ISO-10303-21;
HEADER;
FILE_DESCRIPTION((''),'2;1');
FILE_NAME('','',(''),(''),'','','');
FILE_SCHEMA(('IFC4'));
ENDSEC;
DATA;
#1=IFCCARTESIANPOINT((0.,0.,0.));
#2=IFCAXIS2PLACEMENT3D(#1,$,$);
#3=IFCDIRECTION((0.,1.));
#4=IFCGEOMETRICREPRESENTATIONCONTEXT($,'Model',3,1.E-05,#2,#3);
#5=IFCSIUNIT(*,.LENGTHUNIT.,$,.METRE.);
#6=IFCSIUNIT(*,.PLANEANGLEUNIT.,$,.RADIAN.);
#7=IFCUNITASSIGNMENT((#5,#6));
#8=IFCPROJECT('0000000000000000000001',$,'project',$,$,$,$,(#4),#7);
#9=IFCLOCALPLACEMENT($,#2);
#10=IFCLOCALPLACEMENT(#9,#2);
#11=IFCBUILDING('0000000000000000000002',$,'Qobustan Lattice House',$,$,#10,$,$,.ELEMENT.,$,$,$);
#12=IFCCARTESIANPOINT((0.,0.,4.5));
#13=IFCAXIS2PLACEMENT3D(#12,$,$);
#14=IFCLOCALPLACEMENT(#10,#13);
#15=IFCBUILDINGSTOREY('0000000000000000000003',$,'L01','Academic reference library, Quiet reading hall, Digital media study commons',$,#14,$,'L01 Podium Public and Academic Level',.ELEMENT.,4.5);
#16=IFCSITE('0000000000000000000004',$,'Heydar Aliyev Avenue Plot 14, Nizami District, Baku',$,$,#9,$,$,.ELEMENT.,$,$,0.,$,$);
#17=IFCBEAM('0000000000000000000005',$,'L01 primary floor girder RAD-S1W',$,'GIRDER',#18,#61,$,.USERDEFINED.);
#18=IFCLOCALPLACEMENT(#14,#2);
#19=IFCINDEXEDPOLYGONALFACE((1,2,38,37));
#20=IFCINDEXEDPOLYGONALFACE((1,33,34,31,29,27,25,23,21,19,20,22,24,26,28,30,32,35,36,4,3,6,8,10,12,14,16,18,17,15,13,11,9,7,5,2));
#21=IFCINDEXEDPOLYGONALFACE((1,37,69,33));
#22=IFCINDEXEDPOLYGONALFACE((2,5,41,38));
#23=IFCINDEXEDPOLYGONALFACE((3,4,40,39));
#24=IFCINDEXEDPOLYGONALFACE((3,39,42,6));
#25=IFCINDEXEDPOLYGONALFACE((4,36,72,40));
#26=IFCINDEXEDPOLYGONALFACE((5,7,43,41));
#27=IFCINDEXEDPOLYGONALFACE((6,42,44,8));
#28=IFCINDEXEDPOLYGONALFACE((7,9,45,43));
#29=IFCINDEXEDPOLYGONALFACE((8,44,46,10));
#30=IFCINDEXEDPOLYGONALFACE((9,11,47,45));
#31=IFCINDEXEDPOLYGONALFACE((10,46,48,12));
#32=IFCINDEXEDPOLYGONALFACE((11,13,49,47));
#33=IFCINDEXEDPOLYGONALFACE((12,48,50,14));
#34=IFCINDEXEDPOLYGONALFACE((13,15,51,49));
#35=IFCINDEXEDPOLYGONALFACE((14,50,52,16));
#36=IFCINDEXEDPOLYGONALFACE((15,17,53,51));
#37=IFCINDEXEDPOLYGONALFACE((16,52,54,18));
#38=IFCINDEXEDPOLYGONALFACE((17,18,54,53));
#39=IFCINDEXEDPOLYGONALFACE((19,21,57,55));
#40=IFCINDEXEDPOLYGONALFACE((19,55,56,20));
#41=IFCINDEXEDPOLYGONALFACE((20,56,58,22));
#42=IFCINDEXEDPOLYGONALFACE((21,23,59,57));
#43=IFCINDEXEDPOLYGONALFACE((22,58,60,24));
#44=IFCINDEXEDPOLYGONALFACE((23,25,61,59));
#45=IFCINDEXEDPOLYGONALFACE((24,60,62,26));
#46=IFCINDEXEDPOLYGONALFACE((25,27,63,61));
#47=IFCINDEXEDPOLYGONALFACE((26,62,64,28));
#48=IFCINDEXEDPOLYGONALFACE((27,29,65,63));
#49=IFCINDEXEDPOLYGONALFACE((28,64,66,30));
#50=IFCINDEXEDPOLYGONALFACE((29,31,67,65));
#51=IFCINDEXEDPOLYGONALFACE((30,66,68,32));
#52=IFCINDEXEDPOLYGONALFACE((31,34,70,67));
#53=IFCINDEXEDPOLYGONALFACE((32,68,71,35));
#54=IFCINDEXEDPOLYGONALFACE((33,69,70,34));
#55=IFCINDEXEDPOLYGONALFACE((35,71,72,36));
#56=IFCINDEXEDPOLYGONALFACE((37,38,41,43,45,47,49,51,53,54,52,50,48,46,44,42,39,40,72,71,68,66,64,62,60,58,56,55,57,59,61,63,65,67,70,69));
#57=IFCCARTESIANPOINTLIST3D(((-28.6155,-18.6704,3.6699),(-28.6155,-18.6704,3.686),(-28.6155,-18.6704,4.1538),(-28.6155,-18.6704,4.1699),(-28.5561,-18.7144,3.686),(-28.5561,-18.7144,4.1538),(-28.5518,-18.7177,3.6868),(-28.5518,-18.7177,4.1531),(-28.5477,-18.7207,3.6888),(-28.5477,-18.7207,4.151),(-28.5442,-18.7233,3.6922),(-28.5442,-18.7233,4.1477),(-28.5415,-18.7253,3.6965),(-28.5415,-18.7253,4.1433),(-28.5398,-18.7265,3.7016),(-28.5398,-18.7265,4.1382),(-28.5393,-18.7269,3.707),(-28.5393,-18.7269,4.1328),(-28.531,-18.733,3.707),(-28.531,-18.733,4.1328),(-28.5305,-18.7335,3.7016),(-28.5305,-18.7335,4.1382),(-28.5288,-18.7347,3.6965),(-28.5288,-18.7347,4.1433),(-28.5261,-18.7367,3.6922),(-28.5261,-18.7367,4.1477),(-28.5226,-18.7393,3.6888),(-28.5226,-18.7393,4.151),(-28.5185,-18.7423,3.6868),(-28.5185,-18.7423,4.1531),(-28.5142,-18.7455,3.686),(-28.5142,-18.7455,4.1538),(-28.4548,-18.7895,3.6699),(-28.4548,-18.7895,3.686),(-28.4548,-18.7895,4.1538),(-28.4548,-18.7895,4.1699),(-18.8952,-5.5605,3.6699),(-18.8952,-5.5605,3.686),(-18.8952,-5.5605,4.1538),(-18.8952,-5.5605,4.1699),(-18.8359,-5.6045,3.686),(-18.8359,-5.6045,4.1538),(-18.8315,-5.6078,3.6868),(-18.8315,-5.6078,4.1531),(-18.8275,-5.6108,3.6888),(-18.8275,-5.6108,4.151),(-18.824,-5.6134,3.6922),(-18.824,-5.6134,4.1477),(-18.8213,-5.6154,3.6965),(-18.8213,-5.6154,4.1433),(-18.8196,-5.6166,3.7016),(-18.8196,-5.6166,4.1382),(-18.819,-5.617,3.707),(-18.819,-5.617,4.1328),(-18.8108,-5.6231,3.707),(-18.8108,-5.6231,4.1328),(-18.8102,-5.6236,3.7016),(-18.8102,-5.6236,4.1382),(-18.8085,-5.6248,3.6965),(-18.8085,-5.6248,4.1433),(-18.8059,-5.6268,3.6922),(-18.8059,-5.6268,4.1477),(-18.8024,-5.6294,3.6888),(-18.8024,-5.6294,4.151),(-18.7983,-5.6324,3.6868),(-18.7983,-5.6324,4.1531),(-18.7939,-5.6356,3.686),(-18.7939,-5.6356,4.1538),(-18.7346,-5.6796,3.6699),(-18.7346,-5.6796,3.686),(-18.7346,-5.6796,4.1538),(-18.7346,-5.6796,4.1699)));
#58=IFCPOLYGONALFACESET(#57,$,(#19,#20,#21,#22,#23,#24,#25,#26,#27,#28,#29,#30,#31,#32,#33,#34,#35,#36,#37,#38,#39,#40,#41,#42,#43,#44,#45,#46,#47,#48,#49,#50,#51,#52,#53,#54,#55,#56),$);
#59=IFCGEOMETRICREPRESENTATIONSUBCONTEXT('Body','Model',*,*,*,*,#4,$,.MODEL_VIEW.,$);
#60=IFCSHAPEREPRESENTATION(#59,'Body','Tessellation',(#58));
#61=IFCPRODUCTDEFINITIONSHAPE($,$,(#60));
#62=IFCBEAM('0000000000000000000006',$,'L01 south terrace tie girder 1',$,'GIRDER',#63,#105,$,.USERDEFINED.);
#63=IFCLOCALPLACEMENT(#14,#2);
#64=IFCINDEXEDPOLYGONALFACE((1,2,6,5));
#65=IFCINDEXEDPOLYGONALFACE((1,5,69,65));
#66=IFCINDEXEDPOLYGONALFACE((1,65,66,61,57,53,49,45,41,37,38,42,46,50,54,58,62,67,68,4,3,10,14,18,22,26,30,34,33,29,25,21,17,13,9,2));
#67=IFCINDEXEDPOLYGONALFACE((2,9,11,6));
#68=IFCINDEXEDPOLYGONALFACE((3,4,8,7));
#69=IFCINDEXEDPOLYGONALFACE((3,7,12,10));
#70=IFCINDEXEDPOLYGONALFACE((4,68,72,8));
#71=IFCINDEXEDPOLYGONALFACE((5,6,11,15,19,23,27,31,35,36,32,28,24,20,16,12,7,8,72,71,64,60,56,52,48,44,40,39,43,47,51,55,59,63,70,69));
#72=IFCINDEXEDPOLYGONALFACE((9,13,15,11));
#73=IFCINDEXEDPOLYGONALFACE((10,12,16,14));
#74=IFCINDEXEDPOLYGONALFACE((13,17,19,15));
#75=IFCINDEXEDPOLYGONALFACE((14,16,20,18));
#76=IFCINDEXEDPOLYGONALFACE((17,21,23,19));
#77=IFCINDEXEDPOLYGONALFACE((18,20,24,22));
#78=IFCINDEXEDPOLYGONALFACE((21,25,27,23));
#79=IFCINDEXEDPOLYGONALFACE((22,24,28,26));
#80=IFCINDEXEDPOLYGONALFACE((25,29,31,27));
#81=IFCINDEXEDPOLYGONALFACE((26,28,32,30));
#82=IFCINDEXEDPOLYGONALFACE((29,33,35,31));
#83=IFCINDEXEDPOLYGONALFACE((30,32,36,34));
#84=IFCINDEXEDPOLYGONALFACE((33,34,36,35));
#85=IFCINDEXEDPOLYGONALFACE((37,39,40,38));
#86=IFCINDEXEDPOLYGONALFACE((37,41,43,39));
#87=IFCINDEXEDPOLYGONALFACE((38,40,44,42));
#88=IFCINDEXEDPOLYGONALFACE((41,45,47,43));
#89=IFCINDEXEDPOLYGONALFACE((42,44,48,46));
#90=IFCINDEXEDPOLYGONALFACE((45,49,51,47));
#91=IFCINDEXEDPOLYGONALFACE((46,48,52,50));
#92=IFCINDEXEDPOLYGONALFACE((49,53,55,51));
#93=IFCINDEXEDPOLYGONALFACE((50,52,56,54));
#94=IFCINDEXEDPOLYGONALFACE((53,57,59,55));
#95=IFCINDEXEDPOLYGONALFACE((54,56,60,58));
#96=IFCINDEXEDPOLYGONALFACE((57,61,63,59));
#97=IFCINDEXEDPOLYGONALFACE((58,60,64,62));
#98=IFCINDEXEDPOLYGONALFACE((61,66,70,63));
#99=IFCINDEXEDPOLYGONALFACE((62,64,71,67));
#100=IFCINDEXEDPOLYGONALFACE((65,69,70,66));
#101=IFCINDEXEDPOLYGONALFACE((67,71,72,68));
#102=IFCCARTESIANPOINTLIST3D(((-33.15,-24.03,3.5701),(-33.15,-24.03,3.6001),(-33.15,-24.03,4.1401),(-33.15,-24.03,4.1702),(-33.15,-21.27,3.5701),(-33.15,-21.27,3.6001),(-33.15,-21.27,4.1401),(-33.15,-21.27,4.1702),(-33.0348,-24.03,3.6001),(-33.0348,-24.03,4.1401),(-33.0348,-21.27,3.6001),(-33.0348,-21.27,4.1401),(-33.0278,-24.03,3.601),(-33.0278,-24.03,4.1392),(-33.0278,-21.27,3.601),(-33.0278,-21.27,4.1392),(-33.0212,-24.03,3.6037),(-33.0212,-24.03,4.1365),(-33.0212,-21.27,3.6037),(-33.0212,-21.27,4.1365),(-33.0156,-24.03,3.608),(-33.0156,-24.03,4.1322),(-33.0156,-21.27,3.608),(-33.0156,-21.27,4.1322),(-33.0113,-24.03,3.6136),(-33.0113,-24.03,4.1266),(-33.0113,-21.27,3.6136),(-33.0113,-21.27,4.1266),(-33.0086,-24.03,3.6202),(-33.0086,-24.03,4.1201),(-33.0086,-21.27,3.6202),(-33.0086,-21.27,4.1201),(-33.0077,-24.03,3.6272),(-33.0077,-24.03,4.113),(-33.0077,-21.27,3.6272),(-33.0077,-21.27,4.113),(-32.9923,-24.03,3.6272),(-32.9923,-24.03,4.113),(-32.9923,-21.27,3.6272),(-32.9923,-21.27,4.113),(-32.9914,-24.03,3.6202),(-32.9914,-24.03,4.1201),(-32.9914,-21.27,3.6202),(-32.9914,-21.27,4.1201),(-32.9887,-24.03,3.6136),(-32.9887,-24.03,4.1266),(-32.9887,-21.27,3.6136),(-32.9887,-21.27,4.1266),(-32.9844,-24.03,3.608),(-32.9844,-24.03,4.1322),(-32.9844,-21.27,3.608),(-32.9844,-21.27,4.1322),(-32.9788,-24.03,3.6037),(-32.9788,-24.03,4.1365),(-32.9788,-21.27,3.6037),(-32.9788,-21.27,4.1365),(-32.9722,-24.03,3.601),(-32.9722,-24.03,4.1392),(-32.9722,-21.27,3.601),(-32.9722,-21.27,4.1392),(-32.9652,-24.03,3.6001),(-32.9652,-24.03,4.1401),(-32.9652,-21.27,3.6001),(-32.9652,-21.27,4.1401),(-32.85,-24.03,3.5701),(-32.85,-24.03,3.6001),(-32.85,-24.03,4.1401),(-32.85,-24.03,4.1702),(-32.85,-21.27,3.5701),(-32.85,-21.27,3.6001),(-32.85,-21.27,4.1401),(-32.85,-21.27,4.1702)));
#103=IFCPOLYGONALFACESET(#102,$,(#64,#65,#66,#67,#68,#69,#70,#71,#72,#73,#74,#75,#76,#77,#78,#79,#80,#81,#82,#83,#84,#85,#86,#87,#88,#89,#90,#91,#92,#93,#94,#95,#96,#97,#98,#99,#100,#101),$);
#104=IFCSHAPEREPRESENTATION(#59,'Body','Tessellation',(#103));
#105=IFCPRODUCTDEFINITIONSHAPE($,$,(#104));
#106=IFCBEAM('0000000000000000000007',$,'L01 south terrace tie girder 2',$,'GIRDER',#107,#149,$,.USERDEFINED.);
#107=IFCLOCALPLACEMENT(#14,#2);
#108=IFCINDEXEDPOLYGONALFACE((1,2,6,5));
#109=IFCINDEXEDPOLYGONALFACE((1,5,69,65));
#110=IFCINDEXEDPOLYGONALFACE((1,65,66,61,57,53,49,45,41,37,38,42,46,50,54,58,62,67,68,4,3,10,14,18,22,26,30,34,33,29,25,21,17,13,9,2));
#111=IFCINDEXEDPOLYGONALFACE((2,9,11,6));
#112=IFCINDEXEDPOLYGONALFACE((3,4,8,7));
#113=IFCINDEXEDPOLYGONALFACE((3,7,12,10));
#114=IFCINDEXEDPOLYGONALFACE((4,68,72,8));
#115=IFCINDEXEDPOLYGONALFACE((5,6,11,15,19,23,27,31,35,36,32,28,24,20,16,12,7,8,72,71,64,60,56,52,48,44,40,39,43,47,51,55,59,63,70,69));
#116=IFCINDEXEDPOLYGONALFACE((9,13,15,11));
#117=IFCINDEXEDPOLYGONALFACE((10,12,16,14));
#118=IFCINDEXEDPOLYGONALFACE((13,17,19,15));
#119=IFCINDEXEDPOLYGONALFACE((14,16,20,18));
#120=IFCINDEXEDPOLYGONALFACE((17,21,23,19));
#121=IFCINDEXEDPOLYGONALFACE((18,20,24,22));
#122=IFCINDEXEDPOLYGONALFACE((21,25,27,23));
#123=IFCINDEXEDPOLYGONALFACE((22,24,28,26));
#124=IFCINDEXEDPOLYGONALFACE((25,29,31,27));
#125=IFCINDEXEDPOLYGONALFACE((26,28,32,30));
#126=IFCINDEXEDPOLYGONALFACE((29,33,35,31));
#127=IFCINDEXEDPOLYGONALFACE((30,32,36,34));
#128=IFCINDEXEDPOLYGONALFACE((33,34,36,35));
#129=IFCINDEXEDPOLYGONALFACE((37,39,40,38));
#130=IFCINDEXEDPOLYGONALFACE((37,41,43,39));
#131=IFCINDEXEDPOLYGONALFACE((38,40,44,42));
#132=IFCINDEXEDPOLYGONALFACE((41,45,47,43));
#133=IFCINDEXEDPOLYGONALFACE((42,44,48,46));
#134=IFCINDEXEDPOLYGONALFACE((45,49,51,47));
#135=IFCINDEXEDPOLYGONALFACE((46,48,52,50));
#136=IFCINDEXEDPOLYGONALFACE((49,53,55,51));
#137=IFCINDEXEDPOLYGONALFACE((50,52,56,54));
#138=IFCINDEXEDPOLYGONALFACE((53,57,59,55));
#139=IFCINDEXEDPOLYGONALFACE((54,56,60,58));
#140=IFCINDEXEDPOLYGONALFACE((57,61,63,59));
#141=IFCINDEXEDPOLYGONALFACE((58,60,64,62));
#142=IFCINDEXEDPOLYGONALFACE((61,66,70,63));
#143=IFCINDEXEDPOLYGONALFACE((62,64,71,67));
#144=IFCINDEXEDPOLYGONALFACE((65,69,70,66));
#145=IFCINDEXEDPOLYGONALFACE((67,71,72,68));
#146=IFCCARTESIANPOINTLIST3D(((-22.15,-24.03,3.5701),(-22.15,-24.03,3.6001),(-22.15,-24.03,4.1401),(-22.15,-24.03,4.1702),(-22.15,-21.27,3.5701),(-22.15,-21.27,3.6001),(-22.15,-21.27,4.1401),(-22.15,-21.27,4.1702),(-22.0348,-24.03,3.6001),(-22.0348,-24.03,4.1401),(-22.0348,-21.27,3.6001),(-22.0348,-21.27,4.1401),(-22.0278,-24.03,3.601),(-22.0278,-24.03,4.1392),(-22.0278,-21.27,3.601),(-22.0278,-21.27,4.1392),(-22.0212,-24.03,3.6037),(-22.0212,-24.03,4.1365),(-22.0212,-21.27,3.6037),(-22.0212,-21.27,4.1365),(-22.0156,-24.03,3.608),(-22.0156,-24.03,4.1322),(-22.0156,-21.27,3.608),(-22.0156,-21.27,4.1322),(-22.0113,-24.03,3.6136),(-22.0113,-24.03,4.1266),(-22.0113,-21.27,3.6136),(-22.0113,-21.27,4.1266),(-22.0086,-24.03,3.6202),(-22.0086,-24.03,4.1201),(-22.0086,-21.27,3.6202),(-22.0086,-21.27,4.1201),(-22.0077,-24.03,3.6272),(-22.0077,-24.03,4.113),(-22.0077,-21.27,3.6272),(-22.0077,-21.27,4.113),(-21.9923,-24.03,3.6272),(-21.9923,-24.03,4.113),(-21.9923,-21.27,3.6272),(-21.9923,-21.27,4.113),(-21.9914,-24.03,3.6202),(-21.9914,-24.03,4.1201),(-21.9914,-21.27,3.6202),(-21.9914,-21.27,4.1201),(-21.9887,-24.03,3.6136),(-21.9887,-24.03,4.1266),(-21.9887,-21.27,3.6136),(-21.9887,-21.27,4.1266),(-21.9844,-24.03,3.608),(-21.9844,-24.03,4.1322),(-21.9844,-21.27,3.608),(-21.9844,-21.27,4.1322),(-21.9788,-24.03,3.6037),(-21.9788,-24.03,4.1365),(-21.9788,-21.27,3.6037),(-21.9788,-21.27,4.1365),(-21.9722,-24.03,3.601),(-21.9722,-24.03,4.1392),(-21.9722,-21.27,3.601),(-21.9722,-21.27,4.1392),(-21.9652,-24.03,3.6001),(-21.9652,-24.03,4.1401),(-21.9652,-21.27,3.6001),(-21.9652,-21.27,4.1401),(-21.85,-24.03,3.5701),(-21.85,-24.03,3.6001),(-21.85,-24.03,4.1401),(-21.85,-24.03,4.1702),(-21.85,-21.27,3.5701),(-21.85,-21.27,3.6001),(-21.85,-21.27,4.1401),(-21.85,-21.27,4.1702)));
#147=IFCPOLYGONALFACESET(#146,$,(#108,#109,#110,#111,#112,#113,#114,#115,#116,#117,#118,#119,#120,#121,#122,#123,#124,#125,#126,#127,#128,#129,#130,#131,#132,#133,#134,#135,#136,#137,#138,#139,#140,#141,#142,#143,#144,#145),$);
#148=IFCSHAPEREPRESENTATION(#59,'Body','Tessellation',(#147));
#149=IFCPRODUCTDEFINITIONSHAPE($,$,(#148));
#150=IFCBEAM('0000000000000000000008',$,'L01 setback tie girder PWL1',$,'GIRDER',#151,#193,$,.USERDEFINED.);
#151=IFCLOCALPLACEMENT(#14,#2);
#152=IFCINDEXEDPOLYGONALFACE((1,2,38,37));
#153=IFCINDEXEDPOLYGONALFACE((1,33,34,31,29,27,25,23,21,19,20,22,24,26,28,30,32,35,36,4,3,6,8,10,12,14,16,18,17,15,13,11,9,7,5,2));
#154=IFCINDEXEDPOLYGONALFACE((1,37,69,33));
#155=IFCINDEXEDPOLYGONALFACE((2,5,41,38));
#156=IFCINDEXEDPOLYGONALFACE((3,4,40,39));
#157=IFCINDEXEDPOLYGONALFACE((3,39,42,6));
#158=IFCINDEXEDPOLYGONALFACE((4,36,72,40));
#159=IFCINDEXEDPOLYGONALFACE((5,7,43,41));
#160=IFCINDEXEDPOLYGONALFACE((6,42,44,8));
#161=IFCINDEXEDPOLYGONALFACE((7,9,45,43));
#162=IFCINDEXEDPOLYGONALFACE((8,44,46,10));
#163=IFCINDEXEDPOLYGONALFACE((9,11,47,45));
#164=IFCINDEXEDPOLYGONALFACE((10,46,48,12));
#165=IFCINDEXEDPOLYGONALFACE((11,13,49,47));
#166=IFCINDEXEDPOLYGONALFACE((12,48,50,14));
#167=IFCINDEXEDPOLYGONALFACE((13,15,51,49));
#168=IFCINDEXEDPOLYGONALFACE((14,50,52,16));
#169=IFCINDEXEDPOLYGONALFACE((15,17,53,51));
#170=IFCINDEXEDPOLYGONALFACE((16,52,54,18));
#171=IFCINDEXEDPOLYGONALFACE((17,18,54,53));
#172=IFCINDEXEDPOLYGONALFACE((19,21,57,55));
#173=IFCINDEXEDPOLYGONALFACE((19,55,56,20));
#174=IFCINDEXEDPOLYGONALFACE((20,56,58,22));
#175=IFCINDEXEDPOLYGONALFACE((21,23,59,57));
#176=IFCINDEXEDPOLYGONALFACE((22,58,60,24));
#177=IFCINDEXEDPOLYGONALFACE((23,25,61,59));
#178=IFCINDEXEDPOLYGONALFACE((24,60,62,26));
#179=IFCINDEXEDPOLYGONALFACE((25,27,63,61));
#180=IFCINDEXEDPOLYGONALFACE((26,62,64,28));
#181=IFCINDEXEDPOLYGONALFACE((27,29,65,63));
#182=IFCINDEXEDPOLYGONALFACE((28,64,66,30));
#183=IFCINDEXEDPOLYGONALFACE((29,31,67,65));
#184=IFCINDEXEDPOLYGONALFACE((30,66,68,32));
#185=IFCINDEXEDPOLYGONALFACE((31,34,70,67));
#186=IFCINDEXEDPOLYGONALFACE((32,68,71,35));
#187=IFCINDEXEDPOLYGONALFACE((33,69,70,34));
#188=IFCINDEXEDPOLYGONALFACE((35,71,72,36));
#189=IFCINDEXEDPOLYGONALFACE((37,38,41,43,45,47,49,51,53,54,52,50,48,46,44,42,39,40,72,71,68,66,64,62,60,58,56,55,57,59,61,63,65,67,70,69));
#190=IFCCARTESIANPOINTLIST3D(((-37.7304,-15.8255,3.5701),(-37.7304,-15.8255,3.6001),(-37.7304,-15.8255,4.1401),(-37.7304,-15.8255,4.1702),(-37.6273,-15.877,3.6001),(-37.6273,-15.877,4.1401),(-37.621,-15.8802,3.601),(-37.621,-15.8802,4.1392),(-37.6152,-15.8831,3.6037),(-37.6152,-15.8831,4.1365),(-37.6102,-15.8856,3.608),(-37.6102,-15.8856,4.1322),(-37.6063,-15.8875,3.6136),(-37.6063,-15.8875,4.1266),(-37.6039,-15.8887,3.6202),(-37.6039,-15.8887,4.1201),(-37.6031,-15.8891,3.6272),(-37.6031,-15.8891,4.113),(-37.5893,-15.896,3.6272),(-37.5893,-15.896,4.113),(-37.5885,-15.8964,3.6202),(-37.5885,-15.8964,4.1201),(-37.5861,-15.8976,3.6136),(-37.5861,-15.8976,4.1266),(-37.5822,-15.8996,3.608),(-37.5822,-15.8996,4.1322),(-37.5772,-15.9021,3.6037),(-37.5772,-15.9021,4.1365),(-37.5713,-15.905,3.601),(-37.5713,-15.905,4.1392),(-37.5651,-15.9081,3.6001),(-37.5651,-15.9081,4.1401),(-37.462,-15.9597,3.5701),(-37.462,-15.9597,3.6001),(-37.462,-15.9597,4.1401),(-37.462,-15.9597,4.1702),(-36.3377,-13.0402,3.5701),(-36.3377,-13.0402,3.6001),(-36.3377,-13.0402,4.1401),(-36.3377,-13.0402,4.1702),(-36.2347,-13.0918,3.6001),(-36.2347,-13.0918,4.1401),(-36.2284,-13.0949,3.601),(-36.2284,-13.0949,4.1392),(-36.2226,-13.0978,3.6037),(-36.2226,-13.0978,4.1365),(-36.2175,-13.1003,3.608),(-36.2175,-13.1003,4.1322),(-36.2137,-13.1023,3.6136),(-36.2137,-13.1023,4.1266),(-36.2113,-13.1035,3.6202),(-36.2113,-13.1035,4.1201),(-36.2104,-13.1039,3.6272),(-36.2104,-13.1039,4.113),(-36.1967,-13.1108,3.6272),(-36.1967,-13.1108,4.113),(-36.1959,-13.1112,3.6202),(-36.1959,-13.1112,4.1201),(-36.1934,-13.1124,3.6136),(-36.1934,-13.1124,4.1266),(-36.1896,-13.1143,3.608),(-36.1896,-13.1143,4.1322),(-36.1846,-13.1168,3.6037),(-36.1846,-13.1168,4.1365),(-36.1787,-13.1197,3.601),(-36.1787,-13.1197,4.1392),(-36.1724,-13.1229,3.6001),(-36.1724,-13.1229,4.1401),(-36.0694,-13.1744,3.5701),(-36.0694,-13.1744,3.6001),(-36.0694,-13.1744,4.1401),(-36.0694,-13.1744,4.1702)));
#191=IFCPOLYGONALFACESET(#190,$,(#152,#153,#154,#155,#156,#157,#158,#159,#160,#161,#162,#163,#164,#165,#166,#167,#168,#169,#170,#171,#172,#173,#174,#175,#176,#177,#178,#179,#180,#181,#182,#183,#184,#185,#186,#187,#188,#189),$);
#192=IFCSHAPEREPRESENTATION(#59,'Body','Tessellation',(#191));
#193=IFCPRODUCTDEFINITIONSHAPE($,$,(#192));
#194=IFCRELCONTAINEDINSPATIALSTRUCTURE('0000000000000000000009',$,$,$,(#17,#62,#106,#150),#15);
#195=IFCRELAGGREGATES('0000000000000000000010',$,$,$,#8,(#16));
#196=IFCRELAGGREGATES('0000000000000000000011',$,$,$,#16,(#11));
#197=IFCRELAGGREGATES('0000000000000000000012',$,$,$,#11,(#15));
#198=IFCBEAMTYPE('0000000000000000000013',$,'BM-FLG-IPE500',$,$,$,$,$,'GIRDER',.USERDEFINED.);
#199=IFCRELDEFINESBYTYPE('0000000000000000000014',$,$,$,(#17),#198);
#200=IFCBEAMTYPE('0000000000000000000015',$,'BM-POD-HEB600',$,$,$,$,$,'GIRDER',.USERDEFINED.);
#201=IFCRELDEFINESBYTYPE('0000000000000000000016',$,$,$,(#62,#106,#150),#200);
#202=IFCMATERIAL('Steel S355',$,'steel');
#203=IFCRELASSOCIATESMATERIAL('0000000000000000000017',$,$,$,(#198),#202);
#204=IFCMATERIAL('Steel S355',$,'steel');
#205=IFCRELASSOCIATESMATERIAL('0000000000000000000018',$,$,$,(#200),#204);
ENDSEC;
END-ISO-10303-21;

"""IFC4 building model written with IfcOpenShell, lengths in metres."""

from ifc_helpers import new_model, si_unit, direction, frame, origin, origin_2d, place, context, subcontext, project, spatial, i_section, extrude, material, material_profile, profile_set, type_object, element, save


model = new_model("IFC4")

# Units and contexts
model_context = context("Model", 3, precision=1e-05, world=origin(), true_north=direction((0.0, 1.0)))
body_context = subcontext(model_context, "Body", "Model", "MODEL_VIEW")
ifc_project = project(units=[si_unit("LENGTHUNIT", "METRE"), si_unit("PLANEANGLEUNIT", "RADIAN")], contexts=[model_context])

# Site, building, storey
site_placement = place(None, origin())
site = spatial("IfcSite", under=ifc_project, at=site_placement, Name="Heydar Aliyev Avenue Plot 14, Nizami District, Baku", CompositionType="ELEMENT", RefElevation=0.0)
building_placement = place(site_placement, origin())
building = spatial("IfcBuilding", under=site, at=building_placement, Name="Qobustan Lattice House", CompositionType="ELEMENT")
storey_placement = place(building_placement, frame((0.0, 0.0, 4.5)))
storey = spatial("IfcBuildingStorey", under=building, at=storey_placement, Name="L01", Description="Academic reference library, Quiet reading hall, Digital media study commons", LongName="L01 Podium Public and Academic Level", CompositionType="ELEMENT", Elevation=4.5)

# Beams
ifc_material_1 = material(Name="Steel S355", Category="steel")
ifc_material_profile_1 = material_profile(ifc_material_1, i_section(OverallWidth=0.2, OverallDepth=0.5, WebThickness=0.0103, FlangeThickness=0.0161, FilletRadius=0.021, at=origin_2d()), Name="IPE500")
ifc_profile_set_1 = profile_set([ifc_material_profile_1], Name="Steel S355")
beam_type_1 = type_object("IfcBeamType", Name="BM-FLG-IPE500", ElementType="GIRDER", PredefinedType="USERDEFINED", material=ifc_profile_set_1)
beam_1_placement = place(storey_placement, frame((-28.5352, -18.73, 3.9199), z_axis=(0.595592, 0.803287, 0.0), x_axis=(-0.803287, 0.595592, 0.0)))
element("IfcBeam", 1, at=beam_1_placement, inside=storey, type_object=beam_type_1, Name="L01 primary floor girder RAD-S1W", ObjectType="GIRDER", PredefinedType="USERDEFINED", context=body_context, shape_type="SweptSolid", body=[
    extrude(i_section(OverallWidth=0.2, OverallDepth=0.5, WebThickness=0.0103, FlangeThickness=0.0161, FilletRadius=0.021, at=origin_2d()), origin(), (0.0, 0.0, 1.0), 16.3203),
])
ifc_material_2 = material(Name="Steel S355", Category="steel")
ifc_material_profile_2 = material_profile(ifc_material_2, i_section(OverallWidth=0.3, OverallDepth=0.6001, WebThickness=0.0154, FlangeThickness=0.03, FilletRadius=0.0271, at=origin_2d()), Name="HEB600")
ifc_profile_set_2 = profile_set([ifc_material_profile_2], Name="Steel S355")
beam_type_2 = type_object("IfcBeamType", Name="BM-POD-HEB600", ElementType="GIRDER", PredefinedType="USERDEFINED", material=ifc_profile_set_2)
for number, where, z_axis, x_axis, name in (
    (2, (-33.0, -24.03, 3.8701), (0.0, 1.0, 0.0), (-1.0, 0.0, 0.0), "L01 south terrace tie girder 1"),
    (3, (-22.0, -24.03, 3.8701), (0.0, 1.0, 0.0), (-1.0, 0.0, 0.0), "L01 south terrace tie girder 2"),
):
    element("IfcBeam", number, at=place(storey_placement, frame(where, z_axis=z_axis, x_axis=x_axis)), inside=storey, type_object=beam_type_2, Name=name, ObjectType="GIRDER", PredefinedType="USERDEFINED", context=body_context, shape_type="SweptSolid", body=[
        extrude(i_section(OverallWidth=0.3, OverallDepth=0.6001, WebThickness=0.0154, FlangeThickness=0.03, FilletRadius=0.0271, at=origin_2d()), origin(), (0.0, 0.0, 1.0), 2.76),
    ])
beam_2_placement = place(storey_placement, frame((-37.5962, -15.8926, 3.8701), z_axis=(0.447214, 0.894427, 0.0), x_axis=(-0.894427, 0.447214, 0.0)))
element("IfcBeam", 4, at=beam_2_placement, inside=storey, type_object=beam_type_2, Name="L01 setback tie girder PWL1", ObjectType="GIRDER", PredefinedType="USERDEFINED", context=body_context, shape_type="SweptSolid", body=[
    extrude(i_section(OverallWidth=0.3, OverallDepth=0.6001, WebThickness=0.0154, FlangeThickness=0.03, FilletRadius=0.0271, at=origin_2d()), origin(), (0.0, 0.0, 1.0), 3.114),
])

save(model, "model.ifc")
